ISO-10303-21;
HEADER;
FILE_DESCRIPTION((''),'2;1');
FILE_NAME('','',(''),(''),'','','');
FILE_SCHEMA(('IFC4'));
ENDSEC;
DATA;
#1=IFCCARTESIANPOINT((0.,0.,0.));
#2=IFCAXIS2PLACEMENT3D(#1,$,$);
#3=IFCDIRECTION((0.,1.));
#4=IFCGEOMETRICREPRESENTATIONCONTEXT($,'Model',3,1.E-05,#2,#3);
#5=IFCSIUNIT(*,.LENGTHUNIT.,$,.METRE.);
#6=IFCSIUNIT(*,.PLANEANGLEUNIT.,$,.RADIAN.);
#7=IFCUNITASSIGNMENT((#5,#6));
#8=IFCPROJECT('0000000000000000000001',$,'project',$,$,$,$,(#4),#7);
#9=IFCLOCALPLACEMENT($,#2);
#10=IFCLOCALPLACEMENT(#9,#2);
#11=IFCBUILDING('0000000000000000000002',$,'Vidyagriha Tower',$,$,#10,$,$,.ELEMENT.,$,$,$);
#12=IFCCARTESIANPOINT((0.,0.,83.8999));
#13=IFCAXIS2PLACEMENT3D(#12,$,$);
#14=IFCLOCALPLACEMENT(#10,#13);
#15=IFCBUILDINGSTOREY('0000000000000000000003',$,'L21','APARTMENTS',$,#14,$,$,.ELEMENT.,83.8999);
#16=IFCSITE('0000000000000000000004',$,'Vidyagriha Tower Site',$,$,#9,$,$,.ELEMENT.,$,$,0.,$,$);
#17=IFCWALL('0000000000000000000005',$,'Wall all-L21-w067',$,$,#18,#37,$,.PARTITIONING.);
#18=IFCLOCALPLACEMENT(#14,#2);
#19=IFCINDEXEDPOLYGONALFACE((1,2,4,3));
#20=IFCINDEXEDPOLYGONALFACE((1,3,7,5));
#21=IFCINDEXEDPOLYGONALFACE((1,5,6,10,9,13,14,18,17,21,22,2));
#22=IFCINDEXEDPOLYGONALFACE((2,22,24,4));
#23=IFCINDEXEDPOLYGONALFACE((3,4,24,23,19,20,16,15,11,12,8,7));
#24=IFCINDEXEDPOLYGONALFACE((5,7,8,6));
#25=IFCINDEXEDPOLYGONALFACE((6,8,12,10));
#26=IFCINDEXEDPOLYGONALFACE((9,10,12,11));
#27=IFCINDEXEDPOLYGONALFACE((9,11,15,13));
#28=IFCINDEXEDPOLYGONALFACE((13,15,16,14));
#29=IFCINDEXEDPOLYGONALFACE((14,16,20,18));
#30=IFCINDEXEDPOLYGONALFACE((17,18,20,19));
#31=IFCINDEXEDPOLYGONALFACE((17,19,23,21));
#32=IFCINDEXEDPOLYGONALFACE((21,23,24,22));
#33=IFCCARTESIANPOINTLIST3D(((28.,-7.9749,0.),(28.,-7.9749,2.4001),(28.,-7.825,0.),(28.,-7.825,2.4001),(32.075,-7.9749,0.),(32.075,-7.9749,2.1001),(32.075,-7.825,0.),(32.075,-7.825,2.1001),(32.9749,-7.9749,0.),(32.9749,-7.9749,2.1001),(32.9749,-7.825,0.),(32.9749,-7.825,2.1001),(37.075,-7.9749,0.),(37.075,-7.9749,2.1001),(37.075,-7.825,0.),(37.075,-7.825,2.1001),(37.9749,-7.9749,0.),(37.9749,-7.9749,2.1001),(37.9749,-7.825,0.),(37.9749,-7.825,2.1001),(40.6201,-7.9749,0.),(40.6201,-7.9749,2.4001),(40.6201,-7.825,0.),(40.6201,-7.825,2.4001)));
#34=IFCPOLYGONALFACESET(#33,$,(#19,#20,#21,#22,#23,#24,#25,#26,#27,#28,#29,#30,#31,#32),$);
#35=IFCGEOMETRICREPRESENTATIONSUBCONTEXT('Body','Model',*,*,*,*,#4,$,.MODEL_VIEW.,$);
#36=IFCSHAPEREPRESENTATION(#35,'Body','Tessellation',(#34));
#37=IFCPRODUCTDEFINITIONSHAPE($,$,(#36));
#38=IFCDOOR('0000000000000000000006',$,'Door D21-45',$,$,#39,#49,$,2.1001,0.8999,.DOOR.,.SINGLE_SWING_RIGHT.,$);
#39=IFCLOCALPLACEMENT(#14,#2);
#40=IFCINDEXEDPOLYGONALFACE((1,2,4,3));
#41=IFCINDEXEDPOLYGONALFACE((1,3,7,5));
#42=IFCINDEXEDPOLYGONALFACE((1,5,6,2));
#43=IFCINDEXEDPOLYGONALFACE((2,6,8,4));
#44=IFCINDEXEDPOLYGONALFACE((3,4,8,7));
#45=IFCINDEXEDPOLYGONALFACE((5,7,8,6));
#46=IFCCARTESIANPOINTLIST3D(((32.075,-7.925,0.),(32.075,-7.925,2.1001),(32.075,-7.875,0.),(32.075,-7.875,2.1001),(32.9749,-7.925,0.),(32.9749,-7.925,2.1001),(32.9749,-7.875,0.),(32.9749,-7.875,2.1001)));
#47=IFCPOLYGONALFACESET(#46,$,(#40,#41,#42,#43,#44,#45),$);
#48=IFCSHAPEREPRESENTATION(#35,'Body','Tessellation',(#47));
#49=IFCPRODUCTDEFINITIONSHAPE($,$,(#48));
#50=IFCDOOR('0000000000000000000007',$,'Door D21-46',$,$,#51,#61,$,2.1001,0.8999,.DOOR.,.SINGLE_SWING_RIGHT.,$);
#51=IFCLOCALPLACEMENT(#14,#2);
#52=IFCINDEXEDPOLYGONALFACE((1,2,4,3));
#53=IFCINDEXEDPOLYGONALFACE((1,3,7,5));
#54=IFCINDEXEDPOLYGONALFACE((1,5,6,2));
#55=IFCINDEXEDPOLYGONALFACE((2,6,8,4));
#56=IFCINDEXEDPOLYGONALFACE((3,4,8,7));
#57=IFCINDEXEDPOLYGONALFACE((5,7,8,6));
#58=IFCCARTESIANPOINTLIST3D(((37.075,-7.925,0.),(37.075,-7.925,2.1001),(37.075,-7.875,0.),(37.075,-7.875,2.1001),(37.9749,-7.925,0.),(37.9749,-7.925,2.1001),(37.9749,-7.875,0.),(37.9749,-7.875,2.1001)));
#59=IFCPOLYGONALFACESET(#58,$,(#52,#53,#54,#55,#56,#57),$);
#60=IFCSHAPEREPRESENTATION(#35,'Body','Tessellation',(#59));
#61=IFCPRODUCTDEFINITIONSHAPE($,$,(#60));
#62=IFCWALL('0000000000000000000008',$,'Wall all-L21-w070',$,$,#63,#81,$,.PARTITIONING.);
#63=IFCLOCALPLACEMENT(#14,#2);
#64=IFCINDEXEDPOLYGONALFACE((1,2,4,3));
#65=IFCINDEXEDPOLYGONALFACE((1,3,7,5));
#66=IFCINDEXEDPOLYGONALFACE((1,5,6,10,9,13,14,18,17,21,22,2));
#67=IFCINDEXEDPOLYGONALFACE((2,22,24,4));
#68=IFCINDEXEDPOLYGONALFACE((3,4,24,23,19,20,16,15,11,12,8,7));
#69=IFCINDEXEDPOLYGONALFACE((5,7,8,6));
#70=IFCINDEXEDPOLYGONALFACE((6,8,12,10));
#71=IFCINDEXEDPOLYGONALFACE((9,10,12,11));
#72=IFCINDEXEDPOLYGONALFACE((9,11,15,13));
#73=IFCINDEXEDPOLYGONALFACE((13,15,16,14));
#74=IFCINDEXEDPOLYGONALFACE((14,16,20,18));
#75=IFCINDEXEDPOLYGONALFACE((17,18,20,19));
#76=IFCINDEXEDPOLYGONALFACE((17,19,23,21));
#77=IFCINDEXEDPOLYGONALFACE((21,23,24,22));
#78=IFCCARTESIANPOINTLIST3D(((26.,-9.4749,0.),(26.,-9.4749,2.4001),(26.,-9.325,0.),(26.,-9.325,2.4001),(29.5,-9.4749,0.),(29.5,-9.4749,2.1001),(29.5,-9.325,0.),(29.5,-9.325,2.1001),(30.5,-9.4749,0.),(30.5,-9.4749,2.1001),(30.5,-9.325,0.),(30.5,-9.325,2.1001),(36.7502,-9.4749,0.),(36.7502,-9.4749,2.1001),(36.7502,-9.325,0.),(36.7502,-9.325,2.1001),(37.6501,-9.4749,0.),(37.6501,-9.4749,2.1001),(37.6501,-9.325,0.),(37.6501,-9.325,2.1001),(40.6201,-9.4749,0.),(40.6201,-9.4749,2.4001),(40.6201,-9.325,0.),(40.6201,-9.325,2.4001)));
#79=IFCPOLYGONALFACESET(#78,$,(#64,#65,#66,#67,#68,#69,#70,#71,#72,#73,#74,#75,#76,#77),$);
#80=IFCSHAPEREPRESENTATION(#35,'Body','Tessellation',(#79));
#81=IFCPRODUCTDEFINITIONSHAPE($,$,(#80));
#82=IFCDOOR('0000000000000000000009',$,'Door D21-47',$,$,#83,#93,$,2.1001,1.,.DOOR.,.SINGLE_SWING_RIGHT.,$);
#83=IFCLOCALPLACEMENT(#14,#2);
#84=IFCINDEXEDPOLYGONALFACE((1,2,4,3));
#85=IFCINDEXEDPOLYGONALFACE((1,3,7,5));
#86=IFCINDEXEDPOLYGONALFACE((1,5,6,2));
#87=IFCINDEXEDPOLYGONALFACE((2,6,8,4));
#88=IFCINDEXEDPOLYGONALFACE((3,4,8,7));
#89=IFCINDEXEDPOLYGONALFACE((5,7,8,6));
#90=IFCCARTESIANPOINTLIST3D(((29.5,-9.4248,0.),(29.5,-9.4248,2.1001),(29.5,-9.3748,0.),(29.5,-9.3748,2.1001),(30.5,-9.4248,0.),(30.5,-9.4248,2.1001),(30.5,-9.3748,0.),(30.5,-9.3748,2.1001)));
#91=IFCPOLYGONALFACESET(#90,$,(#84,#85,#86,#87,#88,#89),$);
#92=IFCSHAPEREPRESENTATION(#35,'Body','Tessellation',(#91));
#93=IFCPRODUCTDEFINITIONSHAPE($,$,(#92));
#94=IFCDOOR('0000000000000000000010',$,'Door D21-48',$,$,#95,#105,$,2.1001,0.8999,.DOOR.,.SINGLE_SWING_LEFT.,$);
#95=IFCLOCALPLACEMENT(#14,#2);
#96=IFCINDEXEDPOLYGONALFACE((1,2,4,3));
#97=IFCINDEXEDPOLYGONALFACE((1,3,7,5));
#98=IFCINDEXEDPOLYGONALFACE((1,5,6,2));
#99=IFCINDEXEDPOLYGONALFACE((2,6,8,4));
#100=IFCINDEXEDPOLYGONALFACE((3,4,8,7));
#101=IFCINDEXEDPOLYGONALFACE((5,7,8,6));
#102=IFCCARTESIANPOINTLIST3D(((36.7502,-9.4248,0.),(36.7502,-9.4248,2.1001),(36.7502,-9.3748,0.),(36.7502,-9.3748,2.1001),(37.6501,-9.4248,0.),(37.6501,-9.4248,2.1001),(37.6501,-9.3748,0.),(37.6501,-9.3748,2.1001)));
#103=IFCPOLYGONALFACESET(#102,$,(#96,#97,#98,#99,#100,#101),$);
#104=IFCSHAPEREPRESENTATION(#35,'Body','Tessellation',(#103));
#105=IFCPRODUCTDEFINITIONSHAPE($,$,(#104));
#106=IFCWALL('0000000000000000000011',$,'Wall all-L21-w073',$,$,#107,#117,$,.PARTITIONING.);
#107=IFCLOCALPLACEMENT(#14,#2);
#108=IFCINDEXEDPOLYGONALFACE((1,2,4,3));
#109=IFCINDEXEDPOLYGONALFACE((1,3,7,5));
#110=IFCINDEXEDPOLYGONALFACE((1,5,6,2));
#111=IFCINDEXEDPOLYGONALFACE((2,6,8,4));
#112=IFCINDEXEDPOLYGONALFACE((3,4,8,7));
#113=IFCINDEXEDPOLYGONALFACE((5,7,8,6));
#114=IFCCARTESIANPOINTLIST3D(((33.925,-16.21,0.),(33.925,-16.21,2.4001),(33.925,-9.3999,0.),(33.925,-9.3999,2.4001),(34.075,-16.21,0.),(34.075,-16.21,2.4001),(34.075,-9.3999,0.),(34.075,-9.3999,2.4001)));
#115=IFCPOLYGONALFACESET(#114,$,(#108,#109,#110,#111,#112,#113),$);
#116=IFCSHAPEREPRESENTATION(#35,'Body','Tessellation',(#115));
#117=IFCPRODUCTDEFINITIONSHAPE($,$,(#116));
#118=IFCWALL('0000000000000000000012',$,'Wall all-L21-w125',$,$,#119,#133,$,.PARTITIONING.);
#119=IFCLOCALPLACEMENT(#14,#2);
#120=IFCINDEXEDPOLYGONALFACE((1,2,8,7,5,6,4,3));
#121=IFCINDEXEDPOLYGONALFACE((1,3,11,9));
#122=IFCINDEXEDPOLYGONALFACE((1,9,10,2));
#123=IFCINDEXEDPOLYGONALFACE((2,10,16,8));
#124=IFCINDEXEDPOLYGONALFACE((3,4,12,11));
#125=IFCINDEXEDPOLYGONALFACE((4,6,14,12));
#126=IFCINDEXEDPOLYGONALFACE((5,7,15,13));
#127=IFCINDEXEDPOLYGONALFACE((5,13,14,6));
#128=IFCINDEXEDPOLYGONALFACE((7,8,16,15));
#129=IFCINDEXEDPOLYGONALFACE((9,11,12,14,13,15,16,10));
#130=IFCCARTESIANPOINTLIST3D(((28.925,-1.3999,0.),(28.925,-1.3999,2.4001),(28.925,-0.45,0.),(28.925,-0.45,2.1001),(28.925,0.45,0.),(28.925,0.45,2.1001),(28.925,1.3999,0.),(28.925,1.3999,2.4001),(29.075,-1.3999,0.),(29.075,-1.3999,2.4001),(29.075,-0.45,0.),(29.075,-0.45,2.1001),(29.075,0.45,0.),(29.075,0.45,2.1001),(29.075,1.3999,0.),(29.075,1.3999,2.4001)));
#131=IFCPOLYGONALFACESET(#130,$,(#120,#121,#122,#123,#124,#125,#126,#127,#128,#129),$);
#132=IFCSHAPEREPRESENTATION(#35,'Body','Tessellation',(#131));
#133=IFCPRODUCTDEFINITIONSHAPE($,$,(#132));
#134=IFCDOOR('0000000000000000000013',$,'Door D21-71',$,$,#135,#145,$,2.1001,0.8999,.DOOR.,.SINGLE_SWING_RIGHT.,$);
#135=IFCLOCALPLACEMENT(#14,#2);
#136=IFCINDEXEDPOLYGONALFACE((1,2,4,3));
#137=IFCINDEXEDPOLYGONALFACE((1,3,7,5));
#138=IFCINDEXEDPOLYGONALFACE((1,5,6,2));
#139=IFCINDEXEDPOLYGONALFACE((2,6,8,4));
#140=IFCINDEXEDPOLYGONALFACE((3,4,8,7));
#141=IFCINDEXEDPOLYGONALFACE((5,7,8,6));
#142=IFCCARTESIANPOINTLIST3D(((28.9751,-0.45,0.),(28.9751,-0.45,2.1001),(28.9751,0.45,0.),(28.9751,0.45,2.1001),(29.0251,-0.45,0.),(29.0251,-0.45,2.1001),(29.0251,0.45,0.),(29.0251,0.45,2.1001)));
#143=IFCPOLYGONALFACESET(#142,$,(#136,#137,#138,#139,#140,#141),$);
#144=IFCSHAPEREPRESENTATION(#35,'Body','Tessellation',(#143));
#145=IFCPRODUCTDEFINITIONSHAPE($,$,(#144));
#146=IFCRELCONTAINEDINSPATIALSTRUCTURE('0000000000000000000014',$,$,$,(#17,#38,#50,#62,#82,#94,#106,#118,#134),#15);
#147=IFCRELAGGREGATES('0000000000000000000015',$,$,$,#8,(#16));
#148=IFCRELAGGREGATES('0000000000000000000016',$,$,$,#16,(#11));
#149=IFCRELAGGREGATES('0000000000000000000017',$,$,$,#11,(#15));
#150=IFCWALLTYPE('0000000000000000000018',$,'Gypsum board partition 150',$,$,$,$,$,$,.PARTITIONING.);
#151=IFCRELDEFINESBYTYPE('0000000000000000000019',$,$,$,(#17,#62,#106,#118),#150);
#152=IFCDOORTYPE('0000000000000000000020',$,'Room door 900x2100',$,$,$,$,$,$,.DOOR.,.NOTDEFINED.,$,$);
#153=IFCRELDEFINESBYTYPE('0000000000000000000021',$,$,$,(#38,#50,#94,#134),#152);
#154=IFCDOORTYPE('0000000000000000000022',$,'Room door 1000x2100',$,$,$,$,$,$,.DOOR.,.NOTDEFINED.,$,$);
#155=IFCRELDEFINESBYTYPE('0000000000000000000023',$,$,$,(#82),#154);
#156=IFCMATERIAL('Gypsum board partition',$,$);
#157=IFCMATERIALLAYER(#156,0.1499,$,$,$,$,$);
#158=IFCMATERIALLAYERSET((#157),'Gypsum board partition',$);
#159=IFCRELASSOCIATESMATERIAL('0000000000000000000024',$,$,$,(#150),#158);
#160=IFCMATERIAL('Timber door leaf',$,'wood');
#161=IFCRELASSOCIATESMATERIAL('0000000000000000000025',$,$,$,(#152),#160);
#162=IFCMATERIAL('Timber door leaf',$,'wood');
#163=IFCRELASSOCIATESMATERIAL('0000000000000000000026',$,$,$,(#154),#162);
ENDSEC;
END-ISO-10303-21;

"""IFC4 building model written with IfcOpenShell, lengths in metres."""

from ifc_helpers import new_model, si_unit, direction, frame, frame_2d, origin, place, context, subcontext, project, spatial, rectangle, extrude, material, layer, layer_set, type_object, element, fill, save


model = new_model("IFC4")

# Units and contexts
model_context = context("Model", 3, precision=1e-05, world=origin(), true_north=direction((0.0, 1.0)))
body_context = subcontext(model_context, "Body", "Model", "MODEL_VIEW")
ifc_project = project(units=[si_unit("LENGTHUNIT", "METRE"), si_unit("PLANEANGLEUNIT", "RADIAN")], contexts=[model_context])

# Site, building, storey
site_placement = place(None, origin())
site = spatial("IfcSite", under=ifc_project, at=site_placement, Name="Vidyagriha Tower Site", CompositionType="ELEMENT", RefElevation=0.0)
building_placement = place(site_placement, origin())
building = spatial("IfcBuilding", under=site, at=building_placement, Name="Vidyagriha Tower", CompositionType="ELEMENT")
storey_placement = place(building_placement, frame((0.0, 0.0, 83.8999)))
storey = spatial("IfcBuildingStorey", under=building, at=storey_placement, Name="L21", Description="APARTMENTS", CompositionType="ELEMENT", Elevation=83.8999)

# Shared definitions
ifc_material_1 = material(Name="Gypsum board partition")
ifc_layer_1 = layer(ifc_material_1, 0.1499)
ifc_layer_set_1 = layer_set([ifc_layer_1], Name="Gypsum board partition")
wall_type_1 = type_object("IfcWallType", Name="Gypsum board partition 150", PredefinedType="PARTITIONING", material=ifc_layer_set_1)

# Walls, openings, doors
wall_1_placement = place(storey_placement, frame((28.0, -7.8999, 0.0)))
wall_1 = element("IfcWall", 1, at=wall_1_placement, inside=storey, type_object=wall_type_1, Name="Wall all-L21-w067", PredefinedType="PARTITIONING", context=body_context, shape_type="SweptSolid", body=[
    extrude(rectangle(XDim=12.6201, YDim=0.1499, at=frame_2d((6.3101, 0.0))), origin(), (0.0, 0.0, 1.0), 2.4001),
])
opening_1_placement = place(wall_1_placement, frame((4.075, 0.0, 0.0)))
opening_1 = element("IfcOpeningElement", 2, at=opening_1_placement, cuts=wall_1, PredefinedType="OPENING", context=body_context, shape_type="SweptSolid", body=[
    extrude(rectangle(XDim=0.8999, YDim=2.1001, at=frame_2d((0.45, 1.05))), frame((0.0, 0.085, 0.0), z_axis=(0.0, -1.0, 0.0), x_axis=(1.0, 0.0, 0.0)), (0.0, 0.0, 1.0), 0.1699),
])
opening_2_placement = place(wall_1_placement, frame((9.075, 0.0, 0.0)))
opening_2 = element("IfcOpeningElement", 3, at=opening_2_placement, cuts=wall_1, PredefinedType="OPENING", context=body_context, shape_type="SweptSolid", body=[
    extrude(rectangle(XDim=0.8999, YDim=2.1001, at=frame_2d((0.45, 1.05))), frame((0.0, 0.085, 0.0), z_axis=(0.0, -1.0, 0.0), x_axis=(1.0, 0.0, 0.0)), (0.0, 0.0, 1.0), 0.1699),
])
ifc_material_2 = material(Name="Timber door leaf", Category="wood")
door_type_1 = type_object("IfcDoorType", Name="Room door 900x2100", OperationType="NOTDEFINED", PredefinedType="DOOR", material=ifc_material_2)
door_1_placement = place(opening_1_placement, origin())
door_1 = element("IfcDoor", 4, at=door_1_placement, inside=storey, type_object=door_type_1, Name="Door D21-45", OperationType="SINGLE_SWING_RIGHT", OverallHeight=2.1001, OverallWidth=0.8999, PredefinedType="DOOR", context=body_context, shape_type="SweptSolid", body=[
    extrude(rectangle(XDim=0.8999, YDim=2.1001, at=frame_2d((0.45, 1.05))), frame((0.0, 0.0249, 0.0), z_axis=(0.0, -1.0, 0.0), x_axis=(1.0, 0.0, 0.0)), (0.0, 0.0, 1.0), 0.05),
])
fill(opening_1, door_1)
door_2_placement = place(opening_2_placement, origin())
door_2 = element("IfcDoor", 5, at=door_2_placement, inside=storey, type_object=door_type_1, Name="Door D21-46", OperationType="SINGLE_SWING_RIGHT", OverallHeight=2.1001, OverallWidth=0.8999, PredefinedType="DOOR", context=body_context, shape_type="SweptSolid", body=[
    extrude(rectangle(XDim=0.8999, YDim=2.1001, at=frame_2d((0.45, 1.05))), frame((0.0, 0.0249, 0.0), z_axis=(0.0, -1.0, 0.0), x_axis=(1.0, 0.0, 0.0)), (0.0, 0.0, 1.0), 0.05),
])
fill(opening_2, door_2)
wall_2_placement = place(storey_placement, frame((40.6201, -9.3999, 0.0), z_axis=(0.0, 0.0, 1.0), x_axis=(-1.0, 0.0, 0.0)))
wall_2 = element("IfcWall", 6, at=wall_2_placement, inside=storey, type_object=wall_type_1, Name="Wall all-L21-w070", PredefinedType="PARTITIONING", context=body_context, shape_type="SweptSolid", body=[
    extrude(rectangle(XDim=14.6201, YDim=0.1499, at=frame_2d((7.3101, 0.0))), origin(), (0.0, 0.0, 1.0), 2.4001),
])
opening_3_placement = place(wall_2_placement, frame((10.1201, 0.0, 0.0)))
opening_3 = element("IfcOpeningElement", 7, at=opening_3_placement, cuts=wall_2, PredefinedType="OPENING", context=body_context, shape_type="SweptSolid", body=[
    extrude(rectangle(XDim=1.0, YDim=2.1001, at=frame_2d((0.5, 1.05))), frame((0.0, 0.085, 0.0), z_axis=(0.0, -1.0, 0.0), x_axis=(1.0, 0.0, 0.0)), (0.0, 0.0, 1.0), 0.1699),
])
opening_4_placement = place(wall_2_placement, frame((2.97, 0.0, 0.0)))
opening_4 = element("IfcOpeningElement", 8, at=opening_4_placement, cuts=wall_2, PredefinedType="OPENING", context=body_context, shape_type="SweptSolid", body=[
    extrude(rectangle(XDim=0.8999, YDim=2.1001, at=frame_2d((0.45, 1.05))), frame((0.0, 0.085, 0.0), z_axis=(0.0, -1.0, 0.0), x_axis=(1.0, 0.0, 0.0)), (0.0, 0.0, 1.0), 0.1699),
])
ifc_material_3 = material(Name="Timber door leaf", Category="wood")
door_type_2 = type_object("IfcDoorType", Name="Room door 1000x2100", OperationType="NOTDEFINED", PredefinedType="DOOR", material=ifc_material_3)
door_3_placement = place(opening_3_placement, origin())
door_3 = element("IfcDoor", 9, at=door_3_placement, inside=storey, type_object=door_type_2, Name="Door D21-47", OperationType="SINGLE_SWING_RIGHT", OverallHeight=2.1001, OverallWidth=1.0, PredefinedType="DOOR", context=body_context, shape_type="SweptSolid", body=[
    extrude(rectangle(XDim=1.0, YDim=2.1001, at=frame_2d((0.5, 1.05))), frame((0.0, 0.0249, 0.0), z_axis=(0.0, -1.0, 0.0), x_axis=(1.0, 0.0, 0.0)), (0.0, 0.0, 1.0), 0.05),
])
fill(opening_3, door_3)
door_4_placement = place(opening_4_placement, origin())
door_4 = element("IfcDoor", 10, at=door_4_placement, inside=storey, type_object=door_type_1, Name="Door D21-48", OperationType="SINGLE_SWING_LEFT", OverallHeight=2.1001, OverallWidth=0.8999, PredefinedType="DOOR", context=body_context, shape_type="SweptSolid", body=[
    extrude(rectangle(XDim=0.8999, YDim=2.1001, at=frame_2d((0.45, 1.05))), frame((0.0, 0.0249, 0.0), z_axis=(0.0, -1.0, 0.0), x_axis=(1.0, 0.0, 0.0)), (0.0, 0.0, 1.0), 0.05),
])
fill(opening_4, door_4)

# Wall
wall_3_placement = place(storey_placement, frame((34.0, -9.3999, 0.0), z_axis=(0.0, 0.0, 1.0), x_axis=(0.0, -1.0, 0.0)))
element("IfcWall", 11, at=wall_3_placement, inside=storey, type_object=wall_type_1, Name="Wall all-L21-w073", PredefinedType="PARTITIONING", context=body_context, shape_type="SweptSolid", body=[
    extrude(rectangle(XDim=6.8101, YDim=0.1499, at=frame_2d((3.405, 0.0))), origin(), (0.0, 0.0, 1.0), 2.4001),
])

# Wall, opening, door
wall_4_placement = place(storey_placement, frame((29.0, -1.3999, 0.0), z_axis=(0.0, 0.0, 1.0), x_axis=(0.0, 1.0, 0.0)))
wall_4 = element("IfcWall", 12, at=wall_4_placement, inside=storey, type_object=wall_type_1, Name="Wall all-L21-w125", PredefinedType="PARTITIONING", context=body_context, shape_type="SweptSolid", body=[
    extrude(rectangle(XDim=2.7998, YDim=0.1499, at=frame_2d((1.3999, 0.0))), origin(), (0.0, 0.0, 1.0), 2.4001),
])
opening_5_placement = place(wall_4_placement, frame((0.95, 0.0, 0.0)))
opening_5 = element("IfcOpeningElement", 13, at=opening_5_placement, cuts=wall_4, PredefinedType="OPENING", context=body_context, shape_type="SweptSolid", body=[
    extrude(rectangle(XDim=0.8999, YDim=2.1001, at=frame_2d((0.45, 1.05))), frame((0.0, 0.085, 0.0), z_axis=(0.0, -1.0, 0.0), x_axis=(1.0, 0.0, 0.0)), (0.0, 0.0, 1.0), 0.1699),
])
door_5_placement = place(opening_5_placement, origin())
door_5 = element("IfcDoor", 14, at=door_5_placement, inside=storey, type_object=door_type_1, Name="Door D21-71", OperationType="SINGLE_SWING_RIGHT", OverallHeight=2.1001, OverallWidth=0.8999, PredefinedType="DOOR", context=body_context, shape_type="SweptSolid", body=[
    extrude(rectangle(XDim=0.8999, YDim=2.1001, at=frame_2d((0.45, 1.05))), frame((0.0, 0.0249, 0.0), z_axis=(0.0, -1.0, 0.0), x_axis=(1.0, 0.0, 0.0)), (0.0, 0.0, 1.0), 0.05),
])
fill(opening_5, door_5)

save(model, "model.ifc")
